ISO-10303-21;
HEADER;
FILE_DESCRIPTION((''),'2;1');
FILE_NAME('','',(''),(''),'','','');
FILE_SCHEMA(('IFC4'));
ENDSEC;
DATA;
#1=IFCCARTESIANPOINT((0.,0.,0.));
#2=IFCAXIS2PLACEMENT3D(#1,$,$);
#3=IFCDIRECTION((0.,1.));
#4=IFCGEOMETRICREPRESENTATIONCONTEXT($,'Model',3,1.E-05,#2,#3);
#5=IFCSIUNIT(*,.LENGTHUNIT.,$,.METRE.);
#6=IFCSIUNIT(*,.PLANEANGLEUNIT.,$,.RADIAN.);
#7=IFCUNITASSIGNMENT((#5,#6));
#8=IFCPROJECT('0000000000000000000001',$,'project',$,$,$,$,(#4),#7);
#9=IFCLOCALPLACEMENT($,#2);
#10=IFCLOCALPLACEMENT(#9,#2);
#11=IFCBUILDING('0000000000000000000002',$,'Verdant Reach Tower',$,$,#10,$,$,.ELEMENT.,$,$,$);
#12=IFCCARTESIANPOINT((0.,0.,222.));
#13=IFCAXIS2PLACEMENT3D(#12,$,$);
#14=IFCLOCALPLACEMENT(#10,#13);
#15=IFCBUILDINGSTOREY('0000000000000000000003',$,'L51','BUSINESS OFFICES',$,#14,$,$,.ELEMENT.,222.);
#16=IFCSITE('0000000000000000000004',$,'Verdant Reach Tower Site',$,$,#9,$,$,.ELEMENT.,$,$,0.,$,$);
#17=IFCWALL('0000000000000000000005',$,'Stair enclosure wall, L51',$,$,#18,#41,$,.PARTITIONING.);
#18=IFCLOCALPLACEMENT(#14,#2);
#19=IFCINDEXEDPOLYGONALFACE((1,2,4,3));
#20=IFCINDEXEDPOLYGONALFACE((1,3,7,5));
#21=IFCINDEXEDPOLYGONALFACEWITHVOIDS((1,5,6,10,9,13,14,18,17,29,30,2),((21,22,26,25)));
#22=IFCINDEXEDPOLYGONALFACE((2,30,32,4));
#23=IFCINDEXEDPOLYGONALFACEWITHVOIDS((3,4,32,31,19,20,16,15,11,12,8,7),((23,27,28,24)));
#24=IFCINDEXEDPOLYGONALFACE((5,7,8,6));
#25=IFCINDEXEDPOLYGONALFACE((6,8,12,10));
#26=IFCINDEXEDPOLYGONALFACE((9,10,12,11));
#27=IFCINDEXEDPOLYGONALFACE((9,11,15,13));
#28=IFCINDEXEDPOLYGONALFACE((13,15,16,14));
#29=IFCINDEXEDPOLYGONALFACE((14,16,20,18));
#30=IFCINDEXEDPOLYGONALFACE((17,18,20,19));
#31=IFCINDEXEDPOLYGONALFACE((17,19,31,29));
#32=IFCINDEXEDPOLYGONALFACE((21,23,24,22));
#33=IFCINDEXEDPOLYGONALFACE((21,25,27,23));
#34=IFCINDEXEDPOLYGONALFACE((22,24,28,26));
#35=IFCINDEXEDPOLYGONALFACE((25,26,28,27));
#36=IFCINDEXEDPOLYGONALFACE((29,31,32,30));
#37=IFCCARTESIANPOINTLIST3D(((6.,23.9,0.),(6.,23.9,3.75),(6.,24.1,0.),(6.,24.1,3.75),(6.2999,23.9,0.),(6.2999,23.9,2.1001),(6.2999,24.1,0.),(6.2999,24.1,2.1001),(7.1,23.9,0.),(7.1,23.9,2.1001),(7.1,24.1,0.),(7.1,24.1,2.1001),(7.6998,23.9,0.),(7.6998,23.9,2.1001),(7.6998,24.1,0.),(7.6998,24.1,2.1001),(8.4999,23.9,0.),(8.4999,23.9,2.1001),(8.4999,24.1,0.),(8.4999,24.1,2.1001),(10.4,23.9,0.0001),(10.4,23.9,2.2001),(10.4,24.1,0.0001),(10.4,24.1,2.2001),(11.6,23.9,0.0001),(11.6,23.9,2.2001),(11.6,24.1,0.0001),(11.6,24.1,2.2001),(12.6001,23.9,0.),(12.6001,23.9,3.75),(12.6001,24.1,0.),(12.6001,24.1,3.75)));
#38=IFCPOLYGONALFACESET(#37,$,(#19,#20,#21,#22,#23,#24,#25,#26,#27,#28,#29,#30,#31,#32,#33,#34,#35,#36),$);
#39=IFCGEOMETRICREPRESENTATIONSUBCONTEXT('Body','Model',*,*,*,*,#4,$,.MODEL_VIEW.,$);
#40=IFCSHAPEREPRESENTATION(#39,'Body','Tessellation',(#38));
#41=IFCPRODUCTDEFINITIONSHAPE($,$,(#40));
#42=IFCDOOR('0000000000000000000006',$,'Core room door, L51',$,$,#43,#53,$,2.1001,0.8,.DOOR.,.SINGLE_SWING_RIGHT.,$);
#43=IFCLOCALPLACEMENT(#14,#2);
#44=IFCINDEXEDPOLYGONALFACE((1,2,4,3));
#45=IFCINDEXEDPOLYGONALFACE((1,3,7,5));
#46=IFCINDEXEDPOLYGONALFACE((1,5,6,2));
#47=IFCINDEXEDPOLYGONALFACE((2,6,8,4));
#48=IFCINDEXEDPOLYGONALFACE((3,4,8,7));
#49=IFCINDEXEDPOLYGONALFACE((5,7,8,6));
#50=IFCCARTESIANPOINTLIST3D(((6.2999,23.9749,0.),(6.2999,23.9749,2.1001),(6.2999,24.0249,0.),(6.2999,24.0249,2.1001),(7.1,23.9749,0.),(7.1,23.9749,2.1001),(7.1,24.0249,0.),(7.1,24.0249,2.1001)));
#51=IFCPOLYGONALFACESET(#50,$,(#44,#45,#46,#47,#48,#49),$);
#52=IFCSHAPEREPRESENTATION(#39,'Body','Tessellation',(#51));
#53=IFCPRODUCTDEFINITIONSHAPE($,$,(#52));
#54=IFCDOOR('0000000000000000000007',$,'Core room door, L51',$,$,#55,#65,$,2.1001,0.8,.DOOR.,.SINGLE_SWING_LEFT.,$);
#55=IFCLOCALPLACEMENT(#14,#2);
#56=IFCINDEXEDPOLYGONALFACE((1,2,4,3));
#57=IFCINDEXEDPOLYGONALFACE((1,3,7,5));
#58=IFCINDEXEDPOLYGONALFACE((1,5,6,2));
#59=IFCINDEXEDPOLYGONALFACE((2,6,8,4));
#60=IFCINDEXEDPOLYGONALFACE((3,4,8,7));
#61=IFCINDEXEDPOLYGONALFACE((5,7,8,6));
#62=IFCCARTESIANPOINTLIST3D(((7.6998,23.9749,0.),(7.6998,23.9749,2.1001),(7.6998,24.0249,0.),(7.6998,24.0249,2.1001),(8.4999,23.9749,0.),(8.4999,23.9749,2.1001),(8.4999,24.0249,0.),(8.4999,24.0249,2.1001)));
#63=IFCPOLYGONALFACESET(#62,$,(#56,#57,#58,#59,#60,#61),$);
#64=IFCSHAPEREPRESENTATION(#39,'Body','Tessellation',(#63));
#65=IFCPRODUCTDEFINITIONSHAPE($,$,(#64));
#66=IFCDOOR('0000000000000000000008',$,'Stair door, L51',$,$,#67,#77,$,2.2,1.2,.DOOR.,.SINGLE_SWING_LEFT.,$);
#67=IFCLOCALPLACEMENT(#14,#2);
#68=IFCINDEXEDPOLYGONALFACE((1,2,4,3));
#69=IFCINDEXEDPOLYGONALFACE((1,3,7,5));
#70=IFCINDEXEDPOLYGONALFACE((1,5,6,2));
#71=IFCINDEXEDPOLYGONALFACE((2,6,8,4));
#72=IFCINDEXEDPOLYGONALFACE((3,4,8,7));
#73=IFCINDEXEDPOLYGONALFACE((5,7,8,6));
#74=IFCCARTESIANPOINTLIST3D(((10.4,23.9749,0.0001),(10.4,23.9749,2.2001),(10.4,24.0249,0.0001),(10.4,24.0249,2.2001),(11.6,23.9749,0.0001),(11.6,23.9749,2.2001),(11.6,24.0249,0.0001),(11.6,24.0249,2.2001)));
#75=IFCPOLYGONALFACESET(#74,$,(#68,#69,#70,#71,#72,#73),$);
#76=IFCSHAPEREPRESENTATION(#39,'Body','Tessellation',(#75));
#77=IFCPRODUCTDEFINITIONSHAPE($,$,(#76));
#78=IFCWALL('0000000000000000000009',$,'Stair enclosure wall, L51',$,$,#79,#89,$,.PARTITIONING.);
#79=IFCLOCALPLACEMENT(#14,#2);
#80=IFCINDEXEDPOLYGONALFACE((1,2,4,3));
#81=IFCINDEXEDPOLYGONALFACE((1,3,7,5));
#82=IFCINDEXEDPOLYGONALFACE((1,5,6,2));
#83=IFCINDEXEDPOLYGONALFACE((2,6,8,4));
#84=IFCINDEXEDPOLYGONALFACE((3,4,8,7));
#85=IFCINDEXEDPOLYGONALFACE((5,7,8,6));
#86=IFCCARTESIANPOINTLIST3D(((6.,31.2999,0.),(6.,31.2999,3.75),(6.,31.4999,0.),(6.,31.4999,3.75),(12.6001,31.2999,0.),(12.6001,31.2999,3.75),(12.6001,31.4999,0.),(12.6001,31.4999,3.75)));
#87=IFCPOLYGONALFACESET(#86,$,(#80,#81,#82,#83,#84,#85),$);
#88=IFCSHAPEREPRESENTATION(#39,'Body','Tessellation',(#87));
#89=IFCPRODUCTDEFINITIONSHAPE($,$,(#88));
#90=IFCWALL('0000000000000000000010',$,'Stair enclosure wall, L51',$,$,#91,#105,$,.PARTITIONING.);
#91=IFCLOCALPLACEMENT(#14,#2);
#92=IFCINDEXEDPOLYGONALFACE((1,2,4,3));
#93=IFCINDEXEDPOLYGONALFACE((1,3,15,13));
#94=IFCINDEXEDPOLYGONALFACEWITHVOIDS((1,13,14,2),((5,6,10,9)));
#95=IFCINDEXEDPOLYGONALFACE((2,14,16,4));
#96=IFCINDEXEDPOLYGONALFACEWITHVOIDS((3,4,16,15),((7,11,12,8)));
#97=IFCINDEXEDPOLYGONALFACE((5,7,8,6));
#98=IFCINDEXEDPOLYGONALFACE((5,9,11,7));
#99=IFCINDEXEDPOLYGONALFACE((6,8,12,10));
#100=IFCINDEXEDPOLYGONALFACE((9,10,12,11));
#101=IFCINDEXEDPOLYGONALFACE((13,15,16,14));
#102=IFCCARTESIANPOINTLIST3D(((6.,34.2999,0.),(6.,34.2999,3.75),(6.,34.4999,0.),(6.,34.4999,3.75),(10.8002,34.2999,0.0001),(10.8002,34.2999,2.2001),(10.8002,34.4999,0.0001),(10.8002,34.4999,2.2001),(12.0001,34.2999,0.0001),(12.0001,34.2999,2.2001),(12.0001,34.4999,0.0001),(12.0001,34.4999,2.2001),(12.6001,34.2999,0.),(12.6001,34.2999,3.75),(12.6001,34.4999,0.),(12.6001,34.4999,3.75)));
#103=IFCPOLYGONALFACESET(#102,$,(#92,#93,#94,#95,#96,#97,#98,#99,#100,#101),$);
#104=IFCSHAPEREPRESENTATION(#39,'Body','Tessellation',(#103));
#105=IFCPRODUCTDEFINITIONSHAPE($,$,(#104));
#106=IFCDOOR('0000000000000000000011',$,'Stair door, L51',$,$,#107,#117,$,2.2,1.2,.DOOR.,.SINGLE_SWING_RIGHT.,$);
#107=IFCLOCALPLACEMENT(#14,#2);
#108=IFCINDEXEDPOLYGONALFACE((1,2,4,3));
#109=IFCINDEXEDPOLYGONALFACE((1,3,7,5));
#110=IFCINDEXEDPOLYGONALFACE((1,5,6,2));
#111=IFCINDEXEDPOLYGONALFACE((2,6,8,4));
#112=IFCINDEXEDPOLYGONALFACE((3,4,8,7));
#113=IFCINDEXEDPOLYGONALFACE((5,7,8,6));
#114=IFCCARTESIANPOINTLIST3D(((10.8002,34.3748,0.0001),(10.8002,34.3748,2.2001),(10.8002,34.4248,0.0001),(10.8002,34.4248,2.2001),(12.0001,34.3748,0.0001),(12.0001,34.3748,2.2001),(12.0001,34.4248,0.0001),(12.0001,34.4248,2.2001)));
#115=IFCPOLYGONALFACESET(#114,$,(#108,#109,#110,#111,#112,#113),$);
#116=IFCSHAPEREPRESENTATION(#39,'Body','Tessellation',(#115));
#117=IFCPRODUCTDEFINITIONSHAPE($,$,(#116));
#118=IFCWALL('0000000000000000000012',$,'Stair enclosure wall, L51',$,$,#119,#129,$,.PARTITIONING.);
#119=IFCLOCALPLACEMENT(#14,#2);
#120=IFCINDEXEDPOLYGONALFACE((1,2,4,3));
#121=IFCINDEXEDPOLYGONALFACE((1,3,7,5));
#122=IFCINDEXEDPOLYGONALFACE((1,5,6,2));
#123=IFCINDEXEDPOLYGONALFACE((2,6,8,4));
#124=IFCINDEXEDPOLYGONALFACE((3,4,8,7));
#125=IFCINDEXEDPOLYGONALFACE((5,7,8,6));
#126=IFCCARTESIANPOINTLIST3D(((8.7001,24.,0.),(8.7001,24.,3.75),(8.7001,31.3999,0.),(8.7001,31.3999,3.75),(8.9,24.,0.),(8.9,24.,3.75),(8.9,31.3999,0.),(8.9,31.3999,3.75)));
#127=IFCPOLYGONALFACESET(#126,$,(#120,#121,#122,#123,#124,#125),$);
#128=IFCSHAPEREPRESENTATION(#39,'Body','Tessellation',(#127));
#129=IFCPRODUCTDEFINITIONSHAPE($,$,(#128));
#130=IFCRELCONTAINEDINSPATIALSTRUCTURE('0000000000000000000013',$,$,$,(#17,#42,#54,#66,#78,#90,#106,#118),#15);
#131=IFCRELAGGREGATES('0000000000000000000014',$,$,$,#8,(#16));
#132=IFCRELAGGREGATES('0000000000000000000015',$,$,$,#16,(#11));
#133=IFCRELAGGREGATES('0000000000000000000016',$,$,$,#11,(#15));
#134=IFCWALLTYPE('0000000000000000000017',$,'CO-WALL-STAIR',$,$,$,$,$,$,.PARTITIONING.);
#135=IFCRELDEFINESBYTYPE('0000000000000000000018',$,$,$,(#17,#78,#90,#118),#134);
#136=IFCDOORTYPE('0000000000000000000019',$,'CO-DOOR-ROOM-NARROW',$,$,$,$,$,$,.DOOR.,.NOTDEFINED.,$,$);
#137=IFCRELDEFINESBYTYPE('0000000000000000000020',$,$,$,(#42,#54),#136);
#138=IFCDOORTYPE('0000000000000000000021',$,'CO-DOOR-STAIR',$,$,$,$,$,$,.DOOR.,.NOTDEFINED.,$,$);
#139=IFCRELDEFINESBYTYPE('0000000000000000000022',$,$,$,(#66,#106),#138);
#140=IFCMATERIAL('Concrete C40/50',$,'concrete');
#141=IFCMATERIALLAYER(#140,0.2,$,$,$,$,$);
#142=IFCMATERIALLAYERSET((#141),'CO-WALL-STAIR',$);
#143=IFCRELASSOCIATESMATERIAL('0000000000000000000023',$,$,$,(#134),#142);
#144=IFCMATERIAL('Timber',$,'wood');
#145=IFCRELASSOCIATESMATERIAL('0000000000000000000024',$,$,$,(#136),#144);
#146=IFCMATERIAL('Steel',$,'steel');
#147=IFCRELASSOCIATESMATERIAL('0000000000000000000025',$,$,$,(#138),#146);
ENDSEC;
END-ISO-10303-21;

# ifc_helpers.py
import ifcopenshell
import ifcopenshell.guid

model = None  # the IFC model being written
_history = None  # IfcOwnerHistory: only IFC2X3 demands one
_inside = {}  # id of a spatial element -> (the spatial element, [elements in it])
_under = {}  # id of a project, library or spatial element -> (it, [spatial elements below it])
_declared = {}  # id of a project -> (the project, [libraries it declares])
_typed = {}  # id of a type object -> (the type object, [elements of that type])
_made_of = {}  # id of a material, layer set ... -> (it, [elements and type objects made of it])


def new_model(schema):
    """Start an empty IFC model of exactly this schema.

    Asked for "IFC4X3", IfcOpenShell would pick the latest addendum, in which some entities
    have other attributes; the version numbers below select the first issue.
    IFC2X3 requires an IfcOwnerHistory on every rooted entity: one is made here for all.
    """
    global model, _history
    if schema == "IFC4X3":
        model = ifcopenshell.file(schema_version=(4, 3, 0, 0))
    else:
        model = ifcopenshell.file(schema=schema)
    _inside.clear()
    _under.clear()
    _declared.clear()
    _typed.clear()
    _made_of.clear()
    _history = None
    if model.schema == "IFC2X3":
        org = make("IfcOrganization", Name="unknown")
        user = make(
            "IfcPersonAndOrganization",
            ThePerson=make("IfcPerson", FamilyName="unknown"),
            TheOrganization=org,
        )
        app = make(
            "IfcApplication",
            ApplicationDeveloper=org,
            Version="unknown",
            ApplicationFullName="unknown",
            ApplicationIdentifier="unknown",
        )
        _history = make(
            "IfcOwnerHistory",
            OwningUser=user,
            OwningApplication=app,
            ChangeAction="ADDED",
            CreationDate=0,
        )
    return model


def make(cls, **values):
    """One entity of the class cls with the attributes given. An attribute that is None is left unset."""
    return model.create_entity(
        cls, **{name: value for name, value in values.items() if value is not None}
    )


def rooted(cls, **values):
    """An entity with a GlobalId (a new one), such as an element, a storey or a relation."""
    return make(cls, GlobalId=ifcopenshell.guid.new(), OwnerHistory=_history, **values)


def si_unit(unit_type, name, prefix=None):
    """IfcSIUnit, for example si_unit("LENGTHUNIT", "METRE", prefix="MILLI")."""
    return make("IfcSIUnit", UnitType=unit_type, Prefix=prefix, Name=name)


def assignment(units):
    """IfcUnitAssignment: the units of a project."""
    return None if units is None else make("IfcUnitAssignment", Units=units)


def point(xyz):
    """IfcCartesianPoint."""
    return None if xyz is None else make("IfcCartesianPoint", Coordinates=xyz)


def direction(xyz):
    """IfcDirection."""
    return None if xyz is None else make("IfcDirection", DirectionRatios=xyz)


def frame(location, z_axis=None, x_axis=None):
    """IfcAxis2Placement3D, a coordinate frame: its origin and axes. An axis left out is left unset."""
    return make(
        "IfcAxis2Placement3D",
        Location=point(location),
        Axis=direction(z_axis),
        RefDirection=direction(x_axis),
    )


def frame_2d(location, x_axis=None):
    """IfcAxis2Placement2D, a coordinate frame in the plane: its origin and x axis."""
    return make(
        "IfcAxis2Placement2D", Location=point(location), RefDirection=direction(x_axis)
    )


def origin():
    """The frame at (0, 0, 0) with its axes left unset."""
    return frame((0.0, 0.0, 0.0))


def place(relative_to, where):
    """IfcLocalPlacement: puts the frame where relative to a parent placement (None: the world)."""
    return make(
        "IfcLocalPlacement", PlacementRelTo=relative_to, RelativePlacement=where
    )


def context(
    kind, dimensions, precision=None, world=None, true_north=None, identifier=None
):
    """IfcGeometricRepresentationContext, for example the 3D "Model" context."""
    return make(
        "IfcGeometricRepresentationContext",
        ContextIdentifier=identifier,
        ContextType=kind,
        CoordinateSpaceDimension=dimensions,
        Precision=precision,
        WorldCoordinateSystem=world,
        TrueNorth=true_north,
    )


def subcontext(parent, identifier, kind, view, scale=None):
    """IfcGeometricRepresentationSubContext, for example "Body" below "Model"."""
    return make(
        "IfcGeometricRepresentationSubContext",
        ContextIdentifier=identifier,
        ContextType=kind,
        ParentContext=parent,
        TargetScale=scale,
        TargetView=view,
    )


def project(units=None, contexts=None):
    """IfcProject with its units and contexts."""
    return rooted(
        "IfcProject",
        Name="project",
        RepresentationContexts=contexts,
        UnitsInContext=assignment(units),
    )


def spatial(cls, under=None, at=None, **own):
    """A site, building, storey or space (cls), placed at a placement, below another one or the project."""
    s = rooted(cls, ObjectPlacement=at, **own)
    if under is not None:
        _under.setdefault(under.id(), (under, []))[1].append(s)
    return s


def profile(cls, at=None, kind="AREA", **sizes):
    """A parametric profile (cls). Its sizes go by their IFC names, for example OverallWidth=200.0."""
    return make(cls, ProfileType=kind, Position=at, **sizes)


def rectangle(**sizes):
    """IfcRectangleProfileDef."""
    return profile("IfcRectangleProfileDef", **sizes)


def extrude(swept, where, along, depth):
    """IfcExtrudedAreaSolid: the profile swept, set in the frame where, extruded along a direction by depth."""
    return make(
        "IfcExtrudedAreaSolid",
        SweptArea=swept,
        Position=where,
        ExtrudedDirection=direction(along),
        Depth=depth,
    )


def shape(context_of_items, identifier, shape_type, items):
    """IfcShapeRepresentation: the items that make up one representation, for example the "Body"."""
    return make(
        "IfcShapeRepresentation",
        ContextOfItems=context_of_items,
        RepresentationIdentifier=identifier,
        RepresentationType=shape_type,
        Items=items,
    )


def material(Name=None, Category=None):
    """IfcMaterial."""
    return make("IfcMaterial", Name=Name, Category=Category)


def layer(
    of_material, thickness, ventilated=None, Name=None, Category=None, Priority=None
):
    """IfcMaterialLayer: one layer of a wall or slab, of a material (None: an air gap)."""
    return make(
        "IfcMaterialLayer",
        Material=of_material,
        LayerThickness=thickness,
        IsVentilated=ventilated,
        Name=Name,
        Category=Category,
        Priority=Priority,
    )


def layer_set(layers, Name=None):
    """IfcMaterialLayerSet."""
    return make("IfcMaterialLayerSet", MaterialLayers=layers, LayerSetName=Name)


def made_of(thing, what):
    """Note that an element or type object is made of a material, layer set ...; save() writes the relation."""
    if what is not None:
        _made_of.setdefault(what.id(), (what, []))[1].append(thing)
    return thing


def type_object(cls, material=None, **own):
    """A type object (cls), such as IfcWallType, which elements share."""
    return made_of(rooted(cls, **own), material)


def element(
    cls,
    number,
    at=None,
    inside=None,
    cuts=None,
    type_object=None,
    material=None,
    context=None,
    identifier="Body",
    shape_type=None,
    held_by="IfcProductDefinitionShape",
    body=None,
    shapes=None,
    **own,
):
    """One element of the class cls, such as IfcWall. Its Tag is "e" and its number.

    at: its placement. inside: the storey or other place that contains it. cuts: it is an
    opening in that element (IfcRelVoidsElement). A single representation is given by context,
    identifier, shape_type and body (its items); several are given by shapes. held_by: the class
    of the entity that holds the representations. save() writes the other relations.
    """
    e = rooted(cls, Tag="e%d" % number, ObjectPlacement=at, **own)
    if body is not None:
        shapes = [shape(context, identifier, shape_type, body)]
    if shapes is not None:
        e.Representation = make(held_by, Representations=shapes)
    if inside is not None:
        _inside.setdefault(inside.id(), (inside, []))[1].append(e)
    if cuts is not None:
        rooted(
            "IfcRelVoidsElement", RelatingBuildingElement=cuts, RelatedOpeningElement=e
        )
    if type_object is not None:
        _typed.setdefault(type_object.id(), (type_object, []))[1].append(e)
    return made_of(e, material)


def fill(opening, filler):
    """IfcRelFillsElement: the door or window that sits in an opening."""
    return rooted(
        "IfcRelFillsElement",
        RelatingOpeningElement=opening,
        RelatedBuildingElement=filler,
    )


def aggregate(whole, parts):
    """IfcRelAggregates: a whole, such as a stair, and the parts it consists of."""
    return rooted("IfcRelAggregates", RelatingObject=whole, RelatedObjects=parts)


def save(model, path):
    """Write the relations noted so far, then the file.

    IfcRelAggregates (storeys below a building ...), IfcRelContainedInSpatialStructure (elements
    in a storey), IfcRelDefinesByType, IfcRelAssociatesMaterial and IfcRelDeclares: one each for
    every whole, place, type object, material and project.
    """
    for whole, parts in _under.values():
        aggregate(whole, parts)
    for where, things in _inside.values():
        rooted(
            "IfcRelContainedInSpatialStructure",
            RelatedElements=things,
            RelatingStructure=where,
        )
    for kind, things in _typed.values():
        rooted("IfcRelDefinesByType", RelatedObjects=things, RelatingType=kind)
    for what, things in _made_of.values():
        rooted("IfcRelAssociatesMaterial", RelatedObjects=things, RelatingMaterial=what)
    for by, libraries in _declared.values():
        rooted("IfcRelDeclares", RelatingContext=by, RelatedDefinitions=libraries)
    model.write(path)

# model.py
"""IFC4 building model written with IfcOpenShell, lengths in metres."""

from ifc_helpers import new_model, si_unit, direction, frame, frame_2d, origin, place, context, subcontext, project, spatial, rectangle, extrude, material, layer, layer_set, type_object, element, fill, save


model = new_model("IFC4")

# Units and contexts
model_context = context("Model", 3, precision=1e-05, world=origin(), true_north=direction((0.0, 1.0)))
body_context = subcontext(model_context, "Body", "Model", "MODEL_VIEW")
ifc_project = project(units=[si_unit("LENGTHUNIT", "METRE"), si_unit("PLANEANGLEUNIT", "RADIAN")], contexts=[model_context])

# Site, building, storey
site_placement = place(None, origin())
site = spatial("IfcSite", under=ifc_project, at=site_placement, Name="Verdant Reach Tower Site", CompositionType="ELEMENT", RefElevation=0.0)
building_placement = place(site_placement, origin())
building = spatial("IfcBuilding", under=site, at=building_placement, Name="Verdant Reach Tower", CompositionType="ELEMENT")
storey_placement = place(building_placement, frame((0.0, 0.0, 222.0)))
storey = spatial("IfcBuildingStorey", under=building, at=storey_placement, Name="L51", Description="BUSINESS OFFICES", CompositionType="ELEMENT", Elevation=222.0)

# Shared definitions
ifc_material_1 = material(Name="Timber", Category="wood")

# Shared definitions
ifc_material_2 = material(Name="Concrete C40/50", Category="concrete")

# Wall, openings, doors
ifc_layer_1 = layer(ifc_material_2, 0.2)
ifc_layer_set_1 = layer_set([ifc_layer_1], Name="CO-WALL-STAIR")
wall_type_1 = type_object("IfcWallType", Name="CO-WALL-STAIR", PredefinedType="PARTITIONING", material=ifc_layer_set_1)
wall_1_placement = place(storey_placement, frame((6.0, 24.0, 0.0), z_axis=(0.0, 0.0, 1.0), x_axis=(1.0, 0.0, 0.0)))
wall_1 = element("IfcWall", 1, at=wall_1_placement, inside=storey, type_object=wall_type_1, Name="Stair enclosure wall, L51", PredefinedType="PARTITIONING", context=body_context, shape_type="SweptSolid", body=[
    extrude(rectangle(XDim=6.6001, YDim=0.2, at=frame_2d((3.3, 0.0))), origin(), (0.0, 0.0, 1.0), 3.75),
])
opening_1_placement = place(wall_1_placement, frame((0.3, 0.0, 0.0)))
opening_1 = element("IfcOpeningElement", 2, at=opening_1_placement, cuts=wall_1, PredefinedType="OPENING", context=body_context, shape_type="SweptSolid", body=[
    extrude(rectangle(XDim=0.8, YDim=2.1001, at=frame_2d((0.3999, 1.05))), frame((0.0, 0.1099, 0.0), z_axis=(0.0, -1.0, 0.0), x_axis=(1.0, 0.0, 0.0)), (0.0, 0.0, 1.0), 0.22),
])
opening_2_placement = place(wall_1_placement, frame((1.7, 0.0, 0.0)))
opening_2 = element("IfcOpeningElement", 3, at=opening_2_placement, cuts=wall_1, PredefinedType="OPENING", context=body_context, shape_type="SweptSolid", body=[
    extrude(rectangle(XDim=0.8, YDim=2.1001, at=frame_2d((0.3999, 1.05))), frame((0.0, 0.1099, 0.0), z_axis=(0.0, -1.0, 0.0), x_axis=(1.0, 0.0, 0.0)), (0.0, 0.0, 1.0), 0.22),
])
opening_3_placement = place(wall_1_placement, frame((4.3999, 0.0, 0.0)))
opening_3 = element("IfcOpeningElement", 4, at=opening_3_placement, cuts=wall_1, PredefinedType="OPENING", context=body_context, shape_type="SweptSolid", body=[
    extrude(rectangle(XDim=1.2, YDim=2.2, at=frame_2d((0.6001, 1.1001))), frame((0.0, 0.1099, 0.0), z_axis=(0.0, -1.0, 0.0), x_axis=(1.0, 0.0, 0.0)), (0.0, 0.0, 1.0), 0.22),
])
door_type_1 = type_object("IfcDoorType", Name="CO-DOOR-ROOM-NARROW", OperationType="NOTDEFINED", PredefinedType="DOOR", material=ifc_material_1)
door_1_placement = place(opening_1_placement, origin())
door_1 = element("IfcDoor", 5, at=door_1_placement, inside=storey, type_object=door_type_1, Name="Core room door, L51", OperationType="SINGLE_SWING_RIGHT", OverallHeight=2.1001, OverallWidth=0.8, PredefinedType="DOOR", context=body_context, shape_type="SweptSolid", body=[
    extrude(rectangle(XDim=0.8, YDim=2.1001, at=frame_2d((0.3999, 1.05))), frame((0.0, 0.0249, 0.0), z_axis=(0.0, -1.0, 0.0), x_axis=(1.0, 0.0, 0.0)), (0.0, 0.0, 1.0), 0.05),
])
fill(opening_1, door_1)
door_2_placement = place(opening_2_placement, origin())
door_2 = element("IfcDoor", 6, at=door_2_placement, inside=storey, type_object=door_type_1, Name="Core room door, L51", OperationType="SINGLE_SWING_LEFT", OverallHeight=2.1001, OverallWidth=0.8, PredefinedType="DOOR", context=body_context, shape_type="SweptSolid", body=[
    extrude(rectangle(XDim=0.8, YDim=2.1001, at=frame_2d((0.3999, 1.05))), frame((0.0, 0.0249, 0.0), z_axis=(0.0, -1.0, 0.0), x_axis=(1.0, 0.0, 0.0)), (0.0, 0.0, 1.0), 0.05),
])
fill(opening_2, door_2)
ifc_material_3 = material(Name="Steel", Category="steel")
door_type_2 = type_object("IfcDoorType", Name="CO-DOOR-STAIR", OperationType="NOTDEFINED", PredefinedType="DOOR", material=ifc_material_3)
door_3_placement = place(opening_3_placement, origin())
door_3 = element("IfcDoor", 7, at=door_3_placement, inside=storey, type_object=door_type_2, Name="Stair door, L51", OperationType="SINGLE_SWING_LEFT", OverallHeight=2.2, OverallWidth=1.2, PredefinedType="DOOR", context=body_context, shape_type="SweptSolid", body=[
    extrude(rectangle(XDim=1.2, YDim=2.2, at=frame_2d((0.6001, 1.1001))), frame((0.0, 0.0249, 0.0), z_axis=(0.0, -1.0, 0.0), x_axis=(1.0, 0.0, 0.0)), (0.0, 0.0, 1.0), 0.05),
])
fill(opening_3, door_3)

# Wall
wall_2_placement = place(storey_placement, frame((6.0, 31.3999, 0.0), z_axis=(0.0, 0.0, 1.0), x_axis=(1.0, 0.0, 0.0)))
element("IfcWall", 8, at=wall_2_placement, inside=storey, type_object=wall_type_1, Name="Stair enclosure wall, L51", PredefinedType="PARTITIONING", context=body_context, shape_type="SweptSolid", body=[
    extrude(rectangle(XDim=6.6001, YDim=0.2, at=frame_2d((3.3, 0.0))), origin(), (0.0, 0.0, 1.0), 3.75),
])

# Wall, opening, door
wall_3_placement = place(storey_placement, frame((6.0, 34.3999, 0.0), z_axis=(0.0, 0.0, 1.0), x_axis=(1.0, 0.0, 0.0)))
wall_3 = element("IfcWall", 9, at=wall_3_placement, inside=storey, type_object=wall_type_1, Name="Stair enclosure wall, L51", PredefinedType="PARTITIONING", context=body_context, shape_type="SweptSolid", body=[
    extrude(rectangle(XDim=6.6001, YDim=0.2, at=frame_2d((3.3, 0.0))), origin(), (0.0, 0.0, 1.0), 3.75),
])
opening_4_placement = place(wall_3_placement, frame((4.8, 0.0, 0.0)))
opening_4 = element("IfcOpeningElement", 10, at=opening_4_placement, cuts=wall_3, PredefinedType="OPENING", context=body_context, shape_type="SweptSolid", body=[
    extrude(rectangle(XDim=1.2, YDim=2.2, at=frame_2d((0.6001, 1.1001))), frame((0.0, 0.1099, 0.0), z_axis=(0.0, -1.0, 0.0), x_axis=(1.0, 0.0, 0.0)), (0.0, 0.0, 1.0), 0.22),
])
door_4_placement = place(opening_4_placement, origin())
door_4 = element("IfcDoor", 11, at=door_4_placement, inside=storey, type_object=door_type_2, Name="Stair door, L51", OperationType="SINGLE_SWING_RIGHT", OverallHeight=2.2, OverallWidth=1.2, PredefinedType="DOOR", context=body_context, shape_type="SweptSolid", body=[
    extrude(rectangle(XDim=1.2, YDim=2.2, at=frame_2d((0.6001, 1.1001))), frame((0.0, 0.0249, 0.0), z_axis=(0.0, -1.0, 0.0), x_axis=(1.0, 0.0, 0.0)), (0.0, 0.0, 1.0), 0.05),
])
fill(opening_4, door_4)

# Wall
wall_4_placement = place(storey_placement, frame((8.8, 24.0, 0.0), z_axis=(0.0, 0.0, 1.0), x_axis=(0.0, 1.0, 0.0)))
element("IfcWall", 12, at=wall_4_placement, inside=storey, type_object=wall_type_1, Name="Stair enclosure wall, L51", PredefinedType="PARTITIONING", context=body_context, shape_type="SweptSolid", body=[
    extrude(rectangle(XDim=7.3999, YDim=0.2, at=frame_2d((3.7, 0.0))), origin(), (0.0, 0.0, 1.0), 3.75),
])

save(model, "model.ifc")
